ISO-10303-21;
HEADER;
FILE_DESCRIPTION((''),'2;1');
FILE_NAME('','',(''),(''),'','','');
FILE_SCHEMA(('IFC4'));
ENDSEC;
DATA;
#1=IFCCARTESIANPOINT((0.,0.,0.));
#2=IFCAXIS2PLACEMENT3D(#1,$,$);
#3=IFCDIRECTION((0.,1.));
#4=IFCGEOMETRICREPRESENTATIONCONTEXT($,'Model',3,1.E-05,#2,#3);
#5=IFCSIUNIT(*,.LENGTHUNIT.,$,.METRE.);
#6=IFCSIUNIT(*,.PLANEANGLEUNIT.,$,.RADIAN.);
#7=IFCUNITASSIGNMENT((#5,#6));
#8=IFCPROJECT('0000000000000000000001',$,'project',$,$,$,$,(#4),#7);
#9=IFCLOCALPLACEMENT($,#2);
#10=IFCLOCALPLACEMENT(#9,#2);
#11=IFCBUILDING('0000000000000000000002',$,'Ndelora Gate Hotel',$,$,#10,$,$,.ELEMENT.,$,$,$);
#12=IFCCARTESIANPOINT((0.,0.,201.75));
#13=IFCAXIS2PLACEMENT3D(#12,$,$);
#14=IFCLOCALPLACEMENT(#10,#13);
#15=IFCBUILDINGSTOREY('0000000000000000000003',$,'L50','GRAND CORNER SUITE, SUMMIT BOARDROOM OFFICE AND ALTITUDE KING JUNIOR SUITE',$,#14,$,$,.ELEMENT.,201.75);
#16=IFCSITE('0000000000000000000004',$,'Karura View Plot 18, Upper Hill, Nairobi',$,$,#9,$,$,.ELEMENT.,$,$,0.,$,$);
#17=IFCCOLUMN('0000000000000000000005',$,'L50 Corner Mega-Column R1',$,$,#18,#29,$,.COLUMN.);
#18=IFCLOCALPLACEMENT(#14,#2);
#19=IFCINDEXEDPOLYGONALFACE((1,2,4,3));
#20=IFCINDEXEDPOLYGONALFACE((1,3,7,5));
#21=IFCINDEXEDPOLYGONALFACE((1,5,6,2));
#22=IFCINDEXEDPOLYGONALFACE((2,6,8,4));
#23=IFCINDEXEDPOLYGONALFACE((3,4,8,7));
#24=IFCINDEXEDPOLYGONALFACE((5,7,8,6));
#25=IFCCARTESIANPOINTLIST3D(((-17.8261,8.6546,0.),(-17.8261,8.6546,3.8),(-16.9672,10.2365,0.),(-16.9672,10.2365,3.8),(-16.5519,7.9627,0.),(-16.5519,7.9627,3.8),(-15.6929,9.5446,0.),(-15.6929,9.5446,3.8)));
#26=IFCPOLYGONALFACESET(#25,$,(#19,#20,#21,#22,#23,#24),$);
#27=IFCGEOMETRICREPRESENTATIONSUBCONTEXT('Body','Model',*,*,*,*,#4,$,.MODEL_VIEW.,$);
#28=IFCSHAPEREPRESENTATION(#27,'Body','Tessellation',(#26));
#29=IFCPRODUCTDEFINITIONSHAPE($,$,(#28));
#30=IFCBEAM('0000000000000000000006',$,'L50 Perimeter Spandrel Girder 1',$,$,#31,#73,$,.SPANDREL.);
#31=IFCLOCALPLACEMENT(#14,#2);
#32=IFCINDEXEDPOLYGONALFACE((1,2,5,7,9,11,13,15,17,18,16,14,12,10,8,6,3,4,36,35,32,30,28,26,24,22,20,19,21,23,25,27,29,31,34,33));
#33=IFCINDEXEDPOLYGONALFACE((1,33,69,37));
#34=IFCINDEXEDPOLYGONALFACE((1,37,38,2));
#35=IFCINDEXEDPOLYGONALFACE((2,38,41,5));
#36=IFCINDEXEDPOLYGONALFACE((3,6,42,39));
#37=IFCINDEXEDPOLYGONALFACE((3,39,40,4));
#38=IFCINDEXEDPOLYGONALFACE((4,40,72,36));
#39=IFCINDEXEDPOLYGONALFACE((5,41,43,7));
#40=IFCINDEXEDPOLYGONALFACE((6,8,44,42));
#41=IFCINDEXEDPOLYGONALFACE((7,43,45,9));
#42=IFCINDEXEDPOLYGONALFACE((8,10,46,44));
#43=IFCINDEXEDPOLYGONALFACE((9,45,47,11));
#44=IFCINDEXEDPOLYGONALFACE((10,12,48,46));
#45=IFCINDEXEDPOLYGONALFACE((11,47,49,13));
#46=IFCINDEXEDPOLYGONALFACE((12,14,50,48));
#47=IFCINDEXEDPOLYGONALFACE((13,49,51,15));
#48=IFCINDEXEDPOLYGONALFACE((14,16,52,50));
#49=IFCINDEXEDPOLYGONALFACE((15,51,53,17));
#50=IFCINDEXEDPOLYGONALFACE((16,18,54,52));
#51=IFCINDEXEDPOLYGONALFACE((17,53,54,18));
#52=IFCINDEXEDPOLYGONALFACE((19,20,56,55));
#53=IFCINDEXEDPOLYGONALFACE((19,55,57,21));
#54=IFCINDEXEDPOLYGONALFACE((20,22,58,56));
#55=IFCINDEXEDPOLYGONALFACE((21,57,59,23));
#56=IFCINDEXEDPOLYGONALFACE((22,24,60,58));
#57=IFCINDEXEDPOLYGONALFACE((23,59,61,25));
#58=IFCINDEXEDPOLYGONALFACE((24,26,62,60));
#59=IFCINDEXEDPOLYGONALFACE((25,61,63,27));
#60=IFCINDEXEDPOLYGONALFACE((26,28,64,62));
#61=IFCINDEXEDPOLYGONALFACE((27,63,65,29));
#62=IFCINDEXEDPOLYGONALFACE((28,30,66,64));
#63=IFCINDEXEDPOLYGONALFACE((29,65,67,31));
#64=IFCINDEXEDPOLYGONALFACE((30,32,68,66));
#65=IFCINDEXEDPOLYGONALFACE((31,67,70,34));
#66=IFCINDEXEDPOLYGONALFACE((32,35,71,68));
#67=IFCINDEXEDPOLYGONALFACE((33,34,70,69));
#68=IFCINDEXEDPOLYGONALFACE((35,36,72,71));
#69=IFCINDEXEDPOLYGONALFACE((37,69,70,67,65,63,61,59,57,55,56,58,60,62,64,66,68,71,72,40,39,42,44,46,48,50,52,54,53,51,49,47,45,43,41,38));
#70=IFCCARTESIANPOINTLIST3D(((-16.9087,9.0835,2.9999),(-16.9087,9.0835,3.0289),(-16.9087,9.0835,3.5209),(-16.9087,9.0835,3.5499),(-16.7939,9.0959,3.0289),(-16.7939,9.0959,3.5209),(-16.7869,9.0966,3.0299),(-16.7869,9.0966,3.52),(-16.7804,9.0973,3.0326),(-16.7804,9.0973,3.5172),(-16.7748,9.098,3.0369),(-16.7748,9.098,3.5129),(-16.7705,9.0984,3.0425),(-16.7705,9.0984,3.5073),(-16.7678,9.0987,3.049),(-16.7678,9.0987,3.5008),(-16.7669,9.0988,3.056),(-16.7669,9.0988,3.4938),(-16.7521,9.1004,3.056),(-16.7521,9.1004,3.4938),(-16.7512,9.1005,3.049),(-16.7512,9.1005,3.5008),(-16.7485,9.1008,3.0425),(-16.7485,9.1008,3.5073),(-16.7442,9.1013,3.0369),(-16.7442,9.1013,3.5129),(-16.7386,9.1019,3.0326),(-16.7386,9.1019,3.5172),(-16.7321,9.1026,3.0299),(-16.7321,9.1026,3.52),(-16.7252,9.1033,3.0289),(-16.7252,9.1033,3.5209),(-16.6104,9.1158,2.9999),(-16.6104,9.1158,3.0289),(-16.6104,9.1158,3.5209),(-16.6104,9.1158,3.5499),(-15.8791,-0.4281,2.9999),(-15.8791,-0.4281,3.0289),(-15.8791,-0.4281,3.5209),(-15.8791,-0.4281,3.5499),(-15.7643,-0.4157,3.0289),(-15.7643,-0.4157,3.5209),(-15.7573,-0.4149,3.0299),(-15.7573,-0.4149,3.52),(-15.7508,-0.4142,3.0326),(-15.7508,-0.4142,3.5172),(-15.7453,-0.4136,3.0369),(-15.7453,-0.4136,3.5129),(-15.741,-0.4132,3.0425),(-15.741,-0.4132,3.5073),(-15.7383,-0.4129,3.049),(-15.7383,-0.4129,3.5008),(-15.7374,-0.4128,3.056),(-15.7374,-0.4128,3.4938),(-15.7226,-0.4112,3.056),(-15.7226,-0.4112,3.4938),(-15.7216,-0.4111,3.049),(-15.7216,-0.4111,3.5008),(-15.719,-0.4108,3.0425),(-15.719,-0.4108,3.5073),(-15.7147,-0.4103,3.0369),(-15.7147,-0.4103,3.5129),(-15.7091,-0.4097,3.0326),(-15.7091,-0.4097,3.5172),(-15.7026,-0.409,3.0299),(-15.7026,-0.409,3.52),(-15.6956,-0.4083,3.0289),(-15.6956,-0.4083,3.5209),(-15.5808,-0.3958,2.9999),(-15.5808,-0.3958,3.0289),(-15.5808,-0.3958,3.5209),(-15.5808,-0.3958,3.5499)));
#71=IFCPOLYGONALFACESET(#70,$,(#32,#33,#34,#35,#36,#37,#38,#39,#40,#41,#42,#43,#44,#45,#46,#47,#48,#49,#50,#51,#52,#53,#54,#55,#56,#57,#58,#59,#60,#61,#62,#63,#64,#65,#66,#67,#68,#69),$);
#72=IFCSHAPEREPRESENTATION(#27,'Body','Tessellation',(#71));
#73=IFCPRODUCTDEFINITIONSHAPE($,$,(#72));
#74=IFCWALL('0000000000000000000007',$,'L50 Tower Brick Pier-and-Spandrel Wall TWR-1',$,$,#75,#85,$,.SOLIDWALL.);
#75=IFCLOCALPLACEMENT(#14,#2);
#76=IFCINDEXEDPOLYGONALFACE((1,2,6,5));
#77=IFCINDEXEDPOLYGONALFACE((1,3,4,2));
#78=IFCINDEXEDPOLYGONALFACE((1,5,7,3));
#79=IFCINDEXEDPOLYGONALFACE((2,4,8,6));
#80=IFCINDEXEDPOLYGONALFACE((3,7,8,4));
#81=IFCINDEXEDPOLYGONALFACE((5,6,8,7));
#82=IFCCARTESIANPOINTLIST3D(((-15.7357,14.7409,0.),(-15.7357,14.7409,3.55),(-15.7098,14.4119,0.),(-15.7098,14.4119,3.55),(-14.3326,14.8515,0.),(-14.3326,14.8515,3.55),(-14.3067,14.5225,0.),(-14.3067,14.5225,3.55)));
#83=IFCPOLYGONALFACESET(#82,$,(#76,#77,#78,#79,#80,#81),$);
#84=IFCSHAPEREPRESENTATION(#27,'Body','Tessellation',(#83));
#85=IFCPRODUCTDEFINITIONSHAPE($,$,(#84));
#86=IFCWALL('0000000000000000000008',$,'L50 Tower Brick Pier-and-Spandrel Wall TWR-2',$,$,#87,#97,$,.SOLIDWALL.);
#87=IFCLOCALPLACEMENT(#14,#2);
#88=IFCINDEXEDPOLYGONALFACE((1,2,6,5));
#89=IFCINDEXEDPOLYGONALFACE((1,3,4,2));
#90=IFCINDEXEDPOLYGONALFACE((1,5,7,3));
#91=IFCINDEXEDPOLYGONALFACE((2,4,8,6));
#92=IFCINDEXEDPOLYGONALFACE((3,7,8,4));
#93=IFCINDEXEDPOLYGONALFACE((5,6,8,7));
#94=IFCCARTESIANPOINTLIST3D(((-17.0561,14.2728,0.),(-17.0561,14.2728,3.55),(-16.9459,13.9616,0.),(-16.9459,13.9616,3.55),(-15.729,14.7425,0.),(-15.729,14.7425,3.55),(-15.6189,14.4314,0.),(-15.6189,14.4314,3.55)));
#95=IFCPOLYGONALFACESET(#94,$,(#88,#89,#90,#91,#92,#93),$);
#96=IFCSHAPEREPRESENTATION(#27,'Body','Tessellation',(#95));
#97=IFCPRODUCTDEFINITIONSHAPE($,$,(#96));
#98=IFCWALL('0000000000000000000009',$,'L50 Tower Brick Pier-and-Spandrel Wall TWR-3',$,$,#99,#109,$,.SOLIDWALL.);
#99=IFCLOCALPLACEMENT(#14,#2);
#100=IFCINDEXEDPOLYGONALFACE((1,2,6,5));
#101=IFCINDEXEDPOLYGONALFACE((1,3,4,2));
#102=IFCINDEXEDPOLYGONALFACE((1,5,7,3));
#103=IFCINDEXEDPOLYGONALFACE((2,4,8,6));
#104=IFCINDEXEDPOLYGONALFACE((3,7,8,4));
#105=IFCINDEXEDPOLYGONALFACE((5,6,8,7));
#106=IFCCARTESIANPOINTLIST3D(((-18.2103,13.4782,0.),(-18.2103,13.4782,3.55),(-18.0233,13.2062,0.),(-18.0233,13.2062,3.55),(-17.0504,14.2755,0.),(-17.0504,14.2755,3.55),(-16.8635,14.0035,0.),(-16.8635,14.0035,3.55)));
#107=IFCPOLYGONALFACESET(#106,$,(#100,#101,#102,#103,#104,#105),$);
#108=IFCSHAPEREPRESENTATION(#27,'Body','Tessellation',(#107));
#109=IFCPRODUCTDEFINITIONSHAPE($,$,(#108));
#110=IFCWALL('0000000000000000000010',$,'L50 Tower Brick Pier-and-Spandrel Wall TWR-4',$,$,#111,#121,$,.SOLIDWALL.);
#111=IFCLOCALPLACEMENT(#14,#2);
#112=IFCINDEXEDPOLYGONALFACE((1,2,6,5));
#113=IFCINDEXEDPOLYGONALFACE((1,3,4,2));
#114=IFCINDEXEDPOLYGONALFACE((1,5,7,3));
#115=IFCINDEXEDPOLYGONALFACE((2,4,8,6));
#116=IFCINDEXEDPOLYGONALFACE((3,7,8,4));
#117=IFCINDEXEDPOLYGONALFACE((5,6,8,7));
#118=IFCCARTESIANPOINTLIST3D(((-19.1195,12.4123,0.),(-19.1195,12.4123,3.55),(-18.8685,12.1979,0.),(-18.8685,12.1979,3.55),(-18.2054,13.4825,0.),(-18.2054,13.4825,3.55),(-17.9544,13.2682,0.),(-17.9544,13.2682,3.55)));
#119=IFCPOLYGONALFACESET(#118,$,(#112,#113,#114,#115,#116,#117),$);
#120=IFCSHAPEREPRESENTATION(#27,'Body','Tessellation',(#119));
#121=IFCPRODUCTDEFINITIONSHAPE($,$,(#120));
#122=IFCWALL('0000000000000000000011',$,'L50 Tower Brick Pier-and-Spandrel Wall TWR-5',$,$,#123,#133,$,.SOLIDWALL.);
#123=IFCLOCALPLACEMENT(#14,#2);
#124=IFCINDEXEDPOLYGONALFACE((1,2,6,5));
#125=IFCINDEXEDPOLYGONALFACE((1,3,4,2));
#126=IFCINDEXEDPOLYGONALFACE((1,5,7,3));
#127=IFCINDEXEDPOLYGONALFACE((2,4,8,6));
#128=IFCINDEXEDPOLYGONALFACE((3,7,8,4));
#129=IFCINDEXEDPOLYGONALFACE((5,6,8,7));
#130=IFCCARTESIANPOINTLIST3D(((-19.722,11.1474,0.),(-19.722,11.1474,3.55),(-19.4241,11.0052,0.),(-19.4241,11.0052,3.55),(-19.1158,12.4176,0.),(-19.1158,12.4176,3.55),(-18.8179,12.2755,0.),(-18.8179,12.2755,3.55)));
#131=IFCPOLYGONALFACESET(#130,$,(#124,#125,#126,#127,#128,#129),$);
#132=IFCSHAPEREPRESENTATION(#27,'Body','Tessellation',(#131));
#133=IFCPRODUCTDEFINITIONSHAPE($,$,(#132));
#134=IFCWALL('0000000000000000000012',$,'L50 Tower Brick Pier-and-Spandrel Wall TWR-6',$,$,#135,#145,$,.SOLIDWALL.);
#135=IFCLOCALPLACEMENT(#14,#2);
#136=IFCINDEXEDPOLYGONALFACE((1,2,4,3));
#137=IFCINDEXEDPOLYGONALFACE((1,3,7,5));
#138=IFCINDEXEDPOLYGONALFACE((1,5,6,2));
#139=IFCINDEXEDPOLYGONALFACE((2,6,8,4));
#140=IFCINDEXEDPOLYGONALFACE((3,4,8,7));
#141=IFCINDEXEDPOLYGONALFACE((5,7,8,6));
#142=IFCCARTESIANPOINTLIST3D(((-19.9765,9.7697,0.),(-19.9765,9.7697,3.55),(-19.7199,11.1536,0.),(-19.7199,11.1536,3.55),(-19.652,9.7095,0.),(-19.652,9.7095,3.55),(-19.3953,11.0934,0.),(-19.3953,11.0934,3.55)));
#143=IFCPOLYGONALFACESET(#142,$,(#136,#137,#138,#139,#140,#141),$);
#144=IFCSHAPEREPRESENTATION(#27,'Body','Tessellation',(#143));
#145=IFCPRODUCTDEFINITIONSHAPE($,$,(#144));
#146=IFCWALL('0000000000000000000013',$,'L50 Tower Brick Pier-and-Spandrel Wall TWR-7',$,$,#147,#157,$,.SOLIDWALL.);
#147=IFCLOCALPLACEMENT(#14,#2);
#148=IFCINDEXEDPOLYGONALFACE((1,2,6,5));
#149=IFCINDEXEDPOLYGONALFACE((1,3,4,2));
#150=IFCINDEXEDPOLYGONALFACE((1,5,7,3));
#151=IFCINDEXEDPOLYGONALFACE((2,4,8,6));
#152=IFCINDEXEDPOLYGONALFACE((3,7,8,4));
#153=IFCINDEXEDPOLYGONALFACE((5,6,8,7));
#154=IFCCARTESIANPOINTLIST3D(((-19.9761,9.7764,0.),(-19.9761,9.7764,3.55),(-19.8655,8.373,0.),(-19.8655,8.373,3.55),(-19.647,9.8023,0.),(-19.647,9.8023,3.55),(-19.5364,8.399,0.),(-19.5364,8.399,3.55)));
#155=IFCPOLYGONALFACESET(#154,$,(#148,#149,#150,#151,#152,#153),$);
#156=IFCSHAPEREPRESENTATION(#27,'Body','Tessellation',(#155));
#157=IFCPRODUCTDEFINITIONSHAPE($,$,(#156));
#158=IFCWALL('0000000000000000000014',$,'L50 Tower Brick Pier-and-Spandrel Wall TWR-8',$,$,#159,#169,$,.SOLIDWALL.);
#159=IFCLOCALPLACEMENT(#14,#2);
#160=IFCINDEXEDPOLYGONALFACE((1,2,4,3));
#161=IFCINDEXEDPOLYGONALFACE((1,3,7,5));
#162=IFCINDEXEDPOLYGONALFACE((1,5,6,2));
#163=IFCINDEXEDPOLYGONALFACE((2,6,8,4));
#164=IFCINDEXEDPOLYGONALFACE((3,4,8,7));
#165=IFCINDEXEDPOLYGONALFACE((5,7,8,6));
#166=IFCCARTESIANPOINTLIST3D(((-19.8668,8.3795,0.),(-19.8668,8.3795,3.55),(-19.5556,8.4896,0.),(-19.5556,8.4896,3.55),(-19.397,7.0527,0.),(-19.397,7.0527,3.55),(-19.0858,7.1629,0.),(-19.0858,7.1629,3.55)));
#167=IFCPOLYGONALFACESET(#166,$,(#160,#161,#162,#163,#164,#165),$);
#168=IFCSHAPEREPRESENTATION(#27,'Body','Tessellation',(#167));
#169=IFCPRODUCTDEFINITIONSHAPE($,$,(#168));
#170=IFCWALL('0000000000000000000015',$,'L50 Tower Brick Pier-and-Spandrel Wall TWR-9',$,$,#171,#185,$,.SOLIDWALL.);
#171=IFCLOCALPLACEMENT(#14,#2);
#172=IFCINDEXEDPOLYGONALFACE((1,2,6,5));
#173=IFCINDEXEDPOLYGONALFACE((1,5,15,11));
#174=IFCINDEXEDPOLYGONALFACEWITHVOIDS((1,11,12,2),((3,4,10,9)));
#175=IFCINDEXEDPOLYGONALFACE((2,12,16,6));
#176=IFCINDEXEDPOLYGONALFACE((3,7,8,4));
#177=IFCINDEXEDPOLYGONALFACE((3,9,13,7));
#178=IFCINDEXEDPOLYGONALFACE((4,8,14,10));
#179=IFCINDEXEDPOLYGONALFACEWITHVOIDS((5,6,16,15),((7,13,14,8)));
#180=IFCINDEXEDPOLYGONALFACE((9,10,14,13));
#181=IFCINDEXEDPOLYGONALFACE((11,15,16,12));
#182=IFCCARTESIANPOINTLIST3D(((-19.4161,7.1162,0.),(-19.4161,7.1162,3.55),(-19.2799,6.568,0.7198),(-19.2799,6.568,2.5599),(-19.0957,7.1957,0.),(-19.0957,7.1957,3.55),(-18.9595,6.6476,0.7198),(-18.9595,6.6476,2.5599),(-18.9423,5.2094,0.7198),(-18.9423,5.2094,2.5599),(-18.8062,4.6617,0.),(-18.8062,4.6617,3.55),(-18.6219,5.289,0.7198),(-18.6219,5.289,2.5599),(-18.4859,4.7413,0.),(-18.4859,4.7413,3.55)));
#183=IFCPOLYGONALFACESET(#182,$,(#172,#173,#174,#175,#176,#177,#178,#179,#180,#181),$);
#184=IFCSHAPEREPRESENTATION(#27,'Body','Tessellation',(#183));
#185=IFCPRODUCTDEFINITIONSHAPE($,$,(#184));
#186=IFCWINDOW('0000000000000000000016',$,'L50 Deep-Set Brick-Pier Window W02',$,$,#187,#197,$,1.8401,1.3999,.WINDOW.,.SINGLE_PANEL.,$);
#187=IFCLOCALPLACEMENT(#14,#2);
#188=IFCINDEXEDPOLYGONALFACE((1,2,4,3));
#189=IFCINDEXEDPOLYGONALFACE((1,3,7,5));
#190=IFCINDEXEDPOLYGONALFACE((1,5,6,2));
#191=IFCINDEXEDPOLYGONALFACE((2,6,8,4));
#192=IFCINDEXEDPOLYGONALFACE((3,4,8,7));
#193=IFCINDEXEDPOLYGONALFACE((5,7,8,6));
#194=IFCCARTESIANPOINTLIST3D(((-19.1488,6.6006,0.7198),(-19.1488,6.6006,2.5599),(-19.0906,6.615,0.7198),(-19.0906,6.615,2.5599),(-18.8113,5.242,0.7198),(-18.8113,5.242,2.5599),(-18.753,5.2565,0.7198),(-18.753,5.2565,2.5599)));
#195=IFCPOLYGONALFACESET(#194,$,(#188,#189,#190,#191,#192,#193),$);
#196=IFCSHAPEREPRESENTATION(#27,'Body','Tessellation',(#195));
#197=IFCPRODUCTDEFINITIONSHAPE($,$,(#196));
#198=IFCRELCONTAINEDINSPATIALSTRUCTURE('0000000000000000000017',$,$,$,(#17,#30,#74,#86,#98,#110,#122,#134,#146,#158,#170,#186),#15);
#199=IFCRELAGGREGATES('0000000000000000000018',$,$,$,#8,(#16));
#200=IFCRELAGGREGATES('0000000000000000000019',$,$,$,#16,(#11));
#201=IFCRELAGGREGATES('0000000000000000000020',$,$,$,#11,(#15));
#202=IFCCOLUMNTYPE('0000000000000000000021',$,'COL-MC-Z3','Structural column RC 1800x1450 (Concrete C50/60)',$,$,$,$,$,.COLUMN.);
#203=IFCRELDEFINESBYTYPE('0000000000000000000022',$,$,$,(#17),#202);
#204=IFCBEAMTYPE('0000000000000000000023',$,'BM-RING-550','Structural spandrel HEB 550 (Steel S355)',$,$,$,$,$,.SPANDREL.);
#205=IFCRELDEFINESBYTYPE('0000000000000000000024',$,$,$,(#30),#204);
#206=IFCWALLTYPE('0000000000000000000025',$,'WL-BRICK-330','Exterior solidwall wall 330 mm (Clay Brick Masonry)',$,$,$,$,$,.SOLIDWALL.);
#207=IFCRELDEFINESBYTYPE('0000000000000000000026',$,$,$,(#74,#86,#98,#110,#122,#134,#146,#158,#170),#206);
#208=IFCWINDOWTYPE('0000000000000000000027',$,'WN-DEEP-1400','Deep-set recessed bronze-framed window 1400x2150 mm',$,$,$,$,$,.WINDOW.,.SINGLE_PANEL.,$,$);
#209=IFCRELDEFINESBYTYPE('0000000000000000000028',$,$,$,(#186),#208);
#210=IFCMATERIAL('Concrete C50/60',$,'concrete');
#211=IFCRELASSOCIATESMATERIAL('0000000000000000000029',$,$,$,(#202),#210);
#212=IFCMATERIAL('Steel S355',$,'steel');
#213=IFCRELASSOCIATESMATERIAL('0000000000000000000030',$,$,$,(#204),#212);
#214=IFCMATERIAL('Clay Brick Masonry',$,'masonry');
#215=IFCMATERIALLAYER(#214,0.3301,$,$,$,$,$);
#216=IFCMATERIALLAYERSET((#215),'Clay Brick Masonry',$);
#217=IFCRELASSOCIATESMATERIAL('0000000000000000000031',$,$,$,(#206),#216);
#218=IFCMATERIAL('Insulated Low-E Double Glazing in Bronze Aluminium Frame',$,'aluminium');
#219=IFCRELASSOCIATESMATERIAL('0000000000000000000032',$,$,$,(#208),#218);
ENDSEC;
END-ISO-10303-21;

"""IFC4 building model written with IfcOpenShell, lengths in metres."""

from ifc_helpers import new_model, si_unit, direction, frame, frame_2d, origin, origin_2d, place, context, subcontext, project, spatial, rectangle, i_section, extrude, material, layer, layer_set, material_profile, profile_set, type_object, element, fill, save


model = new_model("IFC4")

# Units and contexts
model_context = context("Model", 3, precision=1e-05, world=origin(), true_north=direction((0.0, 1.0)))
body_context = subcontext(model_context, "Body", "Model", "MODEL_VIEW")
ifc_project = project(units=[si_unit("LENGTHUNIT", "METRE"), si_unit("PLANEANGLEUNIT", "RADIAN")], contexts=[model_context])

# Site, building, storey
site_placement = place(None, origin())
site = spatial("IfcSite", under=ifc_project, at=site_placement, Name="Karura View Plot 18, Upper Hill, Nairobi", CompositionType="ELEMENT", RefElevation=0.0)
building_placement = place(site_placement, origin())
building = spatial("IfcBuilding", under=site, at=building_placement, Name="Ndelora Gate Hotel", CompositionType="ELEMENT")
storey_placement = place(building_placement, frame((0.0, 0.0, 201.75)))
storey = spatial("IfcBuildingStorey", under=building, at=storey_placement, Name="L50", Description="GRAND CORNER SUITE, SUMMIT BOARDROOM OFFICE AND ALTITUDE KING JUNIOR SUITE", CompositionType="ELEMENT", Elevation=201.75)

# Column
ifc_material_1 = material(Name="Concrete C50/60", Category="concrete")
ifc_material_profile_1 = material_profile(ifc_material_1, rectangle(XDim=1.45, YDim=1.8, at=origin_2d()), Name="RC 1800x1450")
ifc_profile_set_1 = profile_set([ifc_material_profile_1], Name="Concrete C50/60")
column_type = type_object("IfcColumnType", Name="COL-MC-Z3", Description="Structural column RC 1800x1450 (Concrete C50/60)", PredefinedType="COLUMN", material=ifc_profile_set_1)
column_placement = place(storey_placement, frame((-16.7595, 9.0996, 0.0), z_axis=(0.0, 0.0, 1.0), x_axis=(-0.878817, 0.477159, 0.0)))
element("IfcColumn", 1, at=column_placement, inside=storey, type_object=column_type, Name="L50 Corner Mega-Column R1", PredefinedType="COLUMN", context=body_context, shape_type="SweptSolid", body=[
    extrude(rectangle(XDim=1.45, YDim=1.8, at=origin_2d()), origin(), (0.0, 0.0, 1.0), 3.8),
])

# Beam
ifc_material_2 = material(Name="Steel S355", Category="steel")
ifc_material_profile_2 = material_profile(ifc_material_2, i_section(OverallWidth=0.3, OverallDepth=0.55, WebThickness=0.0149, FlangeThickness=0.0291, FilletRadius=0.0271, at=origin_2d()), Name="HEB 550")
ifc_profile_set_2 = profile_set([ifc_material_profile_2], Name="Steel S355")
beam_type = type_object("IfcBeamType", Name="BM-RING-550", Description="Structural spandrel HEB 550 (Steel S355)", PredefinedType="SPANDREL", material=ifc_profile_set_2)
beam_placement = place(storey_placement, frame((-16.7595, 9.0996, 3.2749), z_axis=(0.107613, -0.994193, 0.0), x_axis=(0.994193, 0.107613, 0.0)))
element("IfcBeam", 2, at=beam_placement, inside=storey, type_object=beam_type, Name="L50 Perimeter Spandrel Girder 1", PredefinedType="SPANDREL", context=body_context, shape_type="SweptSolid", body=[
    extrude(i_section(OverallWidth=0.3, OverallDepth=0.55, WebThickness=0.0149, FlangeThickness=0.0291, FilletRadius=0.0271, at=origin_2d()), origin(), (0.0, 0.0, 1.0), 9.5671),
])

# Walls
ifc_material_3 = material(Name="Clay Brick Masonry", Category="masonry")
ifc_layer_1 = layer(ifc_material_3, 0.3301)
ifc_layer_set_1 = layer_set([ifc_layer_1], Name="Clay Brick Masonry")
wall_type = type_object("IfcWallType", Name="WL-BRICK-330", Description="Exterior solidwall wall 330 mm (Clay Brick Masonry)", PredefinedType="SOLIDWALL", material=ifc_layer_set_1)
wall_1_placement = place(storey_placement, frame((-15.7227, 14.5764, 0.0), z_axis=(0.0, 0.0, 1.0), x_axis=(0.996908, 0.07858, 0.0)))
element("IfcWall", 3, at=wall_1_placement, inside=storey, type_object=wall_type, Name="L50 Tower Brick Pier-and-Spandrel Wall TWR-1", PredefinedType="SOLIDWALL", context=body_context, shape_type="SweptSolid", body=[
    extrude(rectangle(XDim=1.4075, YDim=0.3301, at=frame_2d((0.7036, 0.0))), origin(), (0.0, 0.0, 1.0), 3.55),
])
wall_2_placement = place(storey_placement, frame((-17.001, 14.1172, 0.0), z_axis=(0.0, 0.0, 1.0), x_axis=(0.942676, 0.333709, 0.0)))
element("IfcWall", 4, at=wall_2_placement, inside=storey, type_object=wall_type, Name="L50 Tower Brick Pier-and-Spandrel Wall TWR-2", PredefinedType="SOLIDWALL", context=body_context, shape_type="SweptSolid", body=[
    extrude(rectangle(XDim=1.4077, YDim=0.3301, at=frame_2d((0.7039, 0.0))), origin(), (0.0, 0.0, 1.0), 3.55),
])
for number, where, z_axis, x_axis, name in (
    (5, (-18.1167, 13.3423, 0.0), (0.0, 0.0, 1.0), (0.824067, 0.566492, 0.0), "L50 Tower Brick Pier-and-Spandrel Wall TWR-3"),
    (6, (-18.9939, 12.3052, 0.0), (0.0, 0.0, 1.0), (0.649419, 0.760431, 0.0), "L50 Tower Brick Pier-and-Spandrel Wall TWR-4"),
    (7, (-19.573, 11.0764, 0.0), (0.0, 0.0, 1.0), (0.430694, 0.902498, 0.0), "L50 Tower Brick Pier-and-Spandrel Wall TWR-5"),
    (8, (-19.8142, 9.7397, 0.0), (0.0, 0.0, 1.0), (0.182319, 0.983239, 0.0), "L50 Tower Brick Pier-and-Spandrel Wall TWR-6"),
):
    element("IfcWall", number, at=place(storey_placement, frame(where, z_axis=z_axis, x_axis=x_axis)), inside=storey, type_object=wall_type, Name=name, PredefinedType="SOLIDWALL", context=body_context, shape_type="SweptSolid", body=[
        extrude(rectangle(XDim=1.4075, YDim=0.3301, at=frame_2d((0.7036, 0.0))), origin(), (0.0, 0.0, 1.0), 3.55),
    ])
wall_3_placement = place(storey_placement, frame((-19.7009, 8.386, 0.0), z_axis=(0.0, 0.0, 1.0), x_axis=(-0.078566, 0.996909, 0.0)))
element("IfcWall", 9, at=wall_3_placement, inside=storey, type_object=wall_type, Name="L50 Tower Brick Pier-and-Spandrel Wall TWR-7", PredefinedType="SOLIDWALL", context=body_context, shape_type="SweptSolid", body=[
    extrude(rectangle(XDim=1.4077, YDim=0.3301, at=frame_2d((0.7039, 0.0))), origin(), (0.0, 0.0, 1.0), 3.55),
])
wall_4_placement = place(storey_placement, frame((-19.2415, 7.1079, 0.0), z_axis=(0.0, 0.0, 1.0), x_axis=(-0.333764, 0.942657, 0.0)))
element("IfcWall", 10, at=wall_4_placement, inside=storey, type_object=wall_type, Name="L50 Tower Brick Pier-and-Spandrel Wall TWR-8", PredefinedType="SOLIDWALL", context=body_context, shape_type="SweptSolid", body=[
    extrude(rectangle(XDim=1.4075, YDim=0.3301, at=frame_2d((0.7036, 0.0))), origin(), (0.0, 0.0, 1.0), 3.55),
])

# Wall, opening, window
wall_5_placement = place(storey_placement, frame((-18.646, 4.7014, 0.0), z_axis=(0.0, 0.0, 1.0), x_axis=(-0.24115, 0.970488, 0.0)))
wall_5 = element("IfcWall", 11, at=wall_5_placement, inside=storey, type_object=wall_type, Name="L50 Tower Brick Pier-and-Spandrel Wall TWR-9", PredefinedType="SOLIDWALL", context=body_context, shape_type="SweptSolid", body=[
    extrude(rectangle(XDim=2.5291, YDim=0.3301, at=frame_2d((1.2646, 0.0))), origin(), (0.0, 0.0, 1.0), 3.55),
])
opening_1_placement = place(wall_5_placement, frame((0.5645, 0.0, 0.72)))
opening_1 = element("IfcOpeningElement", 12, at=opening_1_placement, cuts=wall_5, PredefinedType="OPENING", context=body_context, shape_type="SweptSolid", body=[
    extrude(rectangle(XDim=1.3999, YDim=1.8401, at=frame_2d((0.7, 0.9199))), frame((0.0, 0.175, 0.0), z_axis=(0.0, -1.0, 0.0), x_axis=(1.0, 0.0, 0.0)), (0.0, 0.0, 1.0), 0.3501),
])
ifc_material_4 = material(Name="Insulated Low-E Double Glazing in Bronze Aluminium Frame", Category="aluminium")
window_type = type_object("IfcWindowType", Name="WN-DEEP-1400", Description="Deep-set recessed bronze-framed window 1400x2150 mm", PartitioningType="SINGLE_PANEL", PredefinedType="WINDOW", material=ifc_material_4)
window_1_placement = place(opening_1_placement, origin())
window_1 = element("IfcWindow", 13, at=window_1_placement, inside=storey, type_object=window_type, Name="L50 Deep-Set Brick-Pier Window W02", OverallHeight=1.8401, OverallWidth=1.3999, PartitioningType="SINGLE_PANEL", PredefinedType="WINDOW", context=body_context, shape_type="SweptSolid", body=[
    extrude(rectangle(XDim=1.3999, YDim=1.8401, at=frame_2d((0.7, 0.9199))), frame((0.0, 0.03, 0.0), z_axis=(0.0, -1.0, 0.0), x_axis=(1.0, 0.0, 0.0)), (0.0, 0.0, 1.0), 0.0601),
])
fill(opening_1, window_1)

save(model, "model.ifc")
